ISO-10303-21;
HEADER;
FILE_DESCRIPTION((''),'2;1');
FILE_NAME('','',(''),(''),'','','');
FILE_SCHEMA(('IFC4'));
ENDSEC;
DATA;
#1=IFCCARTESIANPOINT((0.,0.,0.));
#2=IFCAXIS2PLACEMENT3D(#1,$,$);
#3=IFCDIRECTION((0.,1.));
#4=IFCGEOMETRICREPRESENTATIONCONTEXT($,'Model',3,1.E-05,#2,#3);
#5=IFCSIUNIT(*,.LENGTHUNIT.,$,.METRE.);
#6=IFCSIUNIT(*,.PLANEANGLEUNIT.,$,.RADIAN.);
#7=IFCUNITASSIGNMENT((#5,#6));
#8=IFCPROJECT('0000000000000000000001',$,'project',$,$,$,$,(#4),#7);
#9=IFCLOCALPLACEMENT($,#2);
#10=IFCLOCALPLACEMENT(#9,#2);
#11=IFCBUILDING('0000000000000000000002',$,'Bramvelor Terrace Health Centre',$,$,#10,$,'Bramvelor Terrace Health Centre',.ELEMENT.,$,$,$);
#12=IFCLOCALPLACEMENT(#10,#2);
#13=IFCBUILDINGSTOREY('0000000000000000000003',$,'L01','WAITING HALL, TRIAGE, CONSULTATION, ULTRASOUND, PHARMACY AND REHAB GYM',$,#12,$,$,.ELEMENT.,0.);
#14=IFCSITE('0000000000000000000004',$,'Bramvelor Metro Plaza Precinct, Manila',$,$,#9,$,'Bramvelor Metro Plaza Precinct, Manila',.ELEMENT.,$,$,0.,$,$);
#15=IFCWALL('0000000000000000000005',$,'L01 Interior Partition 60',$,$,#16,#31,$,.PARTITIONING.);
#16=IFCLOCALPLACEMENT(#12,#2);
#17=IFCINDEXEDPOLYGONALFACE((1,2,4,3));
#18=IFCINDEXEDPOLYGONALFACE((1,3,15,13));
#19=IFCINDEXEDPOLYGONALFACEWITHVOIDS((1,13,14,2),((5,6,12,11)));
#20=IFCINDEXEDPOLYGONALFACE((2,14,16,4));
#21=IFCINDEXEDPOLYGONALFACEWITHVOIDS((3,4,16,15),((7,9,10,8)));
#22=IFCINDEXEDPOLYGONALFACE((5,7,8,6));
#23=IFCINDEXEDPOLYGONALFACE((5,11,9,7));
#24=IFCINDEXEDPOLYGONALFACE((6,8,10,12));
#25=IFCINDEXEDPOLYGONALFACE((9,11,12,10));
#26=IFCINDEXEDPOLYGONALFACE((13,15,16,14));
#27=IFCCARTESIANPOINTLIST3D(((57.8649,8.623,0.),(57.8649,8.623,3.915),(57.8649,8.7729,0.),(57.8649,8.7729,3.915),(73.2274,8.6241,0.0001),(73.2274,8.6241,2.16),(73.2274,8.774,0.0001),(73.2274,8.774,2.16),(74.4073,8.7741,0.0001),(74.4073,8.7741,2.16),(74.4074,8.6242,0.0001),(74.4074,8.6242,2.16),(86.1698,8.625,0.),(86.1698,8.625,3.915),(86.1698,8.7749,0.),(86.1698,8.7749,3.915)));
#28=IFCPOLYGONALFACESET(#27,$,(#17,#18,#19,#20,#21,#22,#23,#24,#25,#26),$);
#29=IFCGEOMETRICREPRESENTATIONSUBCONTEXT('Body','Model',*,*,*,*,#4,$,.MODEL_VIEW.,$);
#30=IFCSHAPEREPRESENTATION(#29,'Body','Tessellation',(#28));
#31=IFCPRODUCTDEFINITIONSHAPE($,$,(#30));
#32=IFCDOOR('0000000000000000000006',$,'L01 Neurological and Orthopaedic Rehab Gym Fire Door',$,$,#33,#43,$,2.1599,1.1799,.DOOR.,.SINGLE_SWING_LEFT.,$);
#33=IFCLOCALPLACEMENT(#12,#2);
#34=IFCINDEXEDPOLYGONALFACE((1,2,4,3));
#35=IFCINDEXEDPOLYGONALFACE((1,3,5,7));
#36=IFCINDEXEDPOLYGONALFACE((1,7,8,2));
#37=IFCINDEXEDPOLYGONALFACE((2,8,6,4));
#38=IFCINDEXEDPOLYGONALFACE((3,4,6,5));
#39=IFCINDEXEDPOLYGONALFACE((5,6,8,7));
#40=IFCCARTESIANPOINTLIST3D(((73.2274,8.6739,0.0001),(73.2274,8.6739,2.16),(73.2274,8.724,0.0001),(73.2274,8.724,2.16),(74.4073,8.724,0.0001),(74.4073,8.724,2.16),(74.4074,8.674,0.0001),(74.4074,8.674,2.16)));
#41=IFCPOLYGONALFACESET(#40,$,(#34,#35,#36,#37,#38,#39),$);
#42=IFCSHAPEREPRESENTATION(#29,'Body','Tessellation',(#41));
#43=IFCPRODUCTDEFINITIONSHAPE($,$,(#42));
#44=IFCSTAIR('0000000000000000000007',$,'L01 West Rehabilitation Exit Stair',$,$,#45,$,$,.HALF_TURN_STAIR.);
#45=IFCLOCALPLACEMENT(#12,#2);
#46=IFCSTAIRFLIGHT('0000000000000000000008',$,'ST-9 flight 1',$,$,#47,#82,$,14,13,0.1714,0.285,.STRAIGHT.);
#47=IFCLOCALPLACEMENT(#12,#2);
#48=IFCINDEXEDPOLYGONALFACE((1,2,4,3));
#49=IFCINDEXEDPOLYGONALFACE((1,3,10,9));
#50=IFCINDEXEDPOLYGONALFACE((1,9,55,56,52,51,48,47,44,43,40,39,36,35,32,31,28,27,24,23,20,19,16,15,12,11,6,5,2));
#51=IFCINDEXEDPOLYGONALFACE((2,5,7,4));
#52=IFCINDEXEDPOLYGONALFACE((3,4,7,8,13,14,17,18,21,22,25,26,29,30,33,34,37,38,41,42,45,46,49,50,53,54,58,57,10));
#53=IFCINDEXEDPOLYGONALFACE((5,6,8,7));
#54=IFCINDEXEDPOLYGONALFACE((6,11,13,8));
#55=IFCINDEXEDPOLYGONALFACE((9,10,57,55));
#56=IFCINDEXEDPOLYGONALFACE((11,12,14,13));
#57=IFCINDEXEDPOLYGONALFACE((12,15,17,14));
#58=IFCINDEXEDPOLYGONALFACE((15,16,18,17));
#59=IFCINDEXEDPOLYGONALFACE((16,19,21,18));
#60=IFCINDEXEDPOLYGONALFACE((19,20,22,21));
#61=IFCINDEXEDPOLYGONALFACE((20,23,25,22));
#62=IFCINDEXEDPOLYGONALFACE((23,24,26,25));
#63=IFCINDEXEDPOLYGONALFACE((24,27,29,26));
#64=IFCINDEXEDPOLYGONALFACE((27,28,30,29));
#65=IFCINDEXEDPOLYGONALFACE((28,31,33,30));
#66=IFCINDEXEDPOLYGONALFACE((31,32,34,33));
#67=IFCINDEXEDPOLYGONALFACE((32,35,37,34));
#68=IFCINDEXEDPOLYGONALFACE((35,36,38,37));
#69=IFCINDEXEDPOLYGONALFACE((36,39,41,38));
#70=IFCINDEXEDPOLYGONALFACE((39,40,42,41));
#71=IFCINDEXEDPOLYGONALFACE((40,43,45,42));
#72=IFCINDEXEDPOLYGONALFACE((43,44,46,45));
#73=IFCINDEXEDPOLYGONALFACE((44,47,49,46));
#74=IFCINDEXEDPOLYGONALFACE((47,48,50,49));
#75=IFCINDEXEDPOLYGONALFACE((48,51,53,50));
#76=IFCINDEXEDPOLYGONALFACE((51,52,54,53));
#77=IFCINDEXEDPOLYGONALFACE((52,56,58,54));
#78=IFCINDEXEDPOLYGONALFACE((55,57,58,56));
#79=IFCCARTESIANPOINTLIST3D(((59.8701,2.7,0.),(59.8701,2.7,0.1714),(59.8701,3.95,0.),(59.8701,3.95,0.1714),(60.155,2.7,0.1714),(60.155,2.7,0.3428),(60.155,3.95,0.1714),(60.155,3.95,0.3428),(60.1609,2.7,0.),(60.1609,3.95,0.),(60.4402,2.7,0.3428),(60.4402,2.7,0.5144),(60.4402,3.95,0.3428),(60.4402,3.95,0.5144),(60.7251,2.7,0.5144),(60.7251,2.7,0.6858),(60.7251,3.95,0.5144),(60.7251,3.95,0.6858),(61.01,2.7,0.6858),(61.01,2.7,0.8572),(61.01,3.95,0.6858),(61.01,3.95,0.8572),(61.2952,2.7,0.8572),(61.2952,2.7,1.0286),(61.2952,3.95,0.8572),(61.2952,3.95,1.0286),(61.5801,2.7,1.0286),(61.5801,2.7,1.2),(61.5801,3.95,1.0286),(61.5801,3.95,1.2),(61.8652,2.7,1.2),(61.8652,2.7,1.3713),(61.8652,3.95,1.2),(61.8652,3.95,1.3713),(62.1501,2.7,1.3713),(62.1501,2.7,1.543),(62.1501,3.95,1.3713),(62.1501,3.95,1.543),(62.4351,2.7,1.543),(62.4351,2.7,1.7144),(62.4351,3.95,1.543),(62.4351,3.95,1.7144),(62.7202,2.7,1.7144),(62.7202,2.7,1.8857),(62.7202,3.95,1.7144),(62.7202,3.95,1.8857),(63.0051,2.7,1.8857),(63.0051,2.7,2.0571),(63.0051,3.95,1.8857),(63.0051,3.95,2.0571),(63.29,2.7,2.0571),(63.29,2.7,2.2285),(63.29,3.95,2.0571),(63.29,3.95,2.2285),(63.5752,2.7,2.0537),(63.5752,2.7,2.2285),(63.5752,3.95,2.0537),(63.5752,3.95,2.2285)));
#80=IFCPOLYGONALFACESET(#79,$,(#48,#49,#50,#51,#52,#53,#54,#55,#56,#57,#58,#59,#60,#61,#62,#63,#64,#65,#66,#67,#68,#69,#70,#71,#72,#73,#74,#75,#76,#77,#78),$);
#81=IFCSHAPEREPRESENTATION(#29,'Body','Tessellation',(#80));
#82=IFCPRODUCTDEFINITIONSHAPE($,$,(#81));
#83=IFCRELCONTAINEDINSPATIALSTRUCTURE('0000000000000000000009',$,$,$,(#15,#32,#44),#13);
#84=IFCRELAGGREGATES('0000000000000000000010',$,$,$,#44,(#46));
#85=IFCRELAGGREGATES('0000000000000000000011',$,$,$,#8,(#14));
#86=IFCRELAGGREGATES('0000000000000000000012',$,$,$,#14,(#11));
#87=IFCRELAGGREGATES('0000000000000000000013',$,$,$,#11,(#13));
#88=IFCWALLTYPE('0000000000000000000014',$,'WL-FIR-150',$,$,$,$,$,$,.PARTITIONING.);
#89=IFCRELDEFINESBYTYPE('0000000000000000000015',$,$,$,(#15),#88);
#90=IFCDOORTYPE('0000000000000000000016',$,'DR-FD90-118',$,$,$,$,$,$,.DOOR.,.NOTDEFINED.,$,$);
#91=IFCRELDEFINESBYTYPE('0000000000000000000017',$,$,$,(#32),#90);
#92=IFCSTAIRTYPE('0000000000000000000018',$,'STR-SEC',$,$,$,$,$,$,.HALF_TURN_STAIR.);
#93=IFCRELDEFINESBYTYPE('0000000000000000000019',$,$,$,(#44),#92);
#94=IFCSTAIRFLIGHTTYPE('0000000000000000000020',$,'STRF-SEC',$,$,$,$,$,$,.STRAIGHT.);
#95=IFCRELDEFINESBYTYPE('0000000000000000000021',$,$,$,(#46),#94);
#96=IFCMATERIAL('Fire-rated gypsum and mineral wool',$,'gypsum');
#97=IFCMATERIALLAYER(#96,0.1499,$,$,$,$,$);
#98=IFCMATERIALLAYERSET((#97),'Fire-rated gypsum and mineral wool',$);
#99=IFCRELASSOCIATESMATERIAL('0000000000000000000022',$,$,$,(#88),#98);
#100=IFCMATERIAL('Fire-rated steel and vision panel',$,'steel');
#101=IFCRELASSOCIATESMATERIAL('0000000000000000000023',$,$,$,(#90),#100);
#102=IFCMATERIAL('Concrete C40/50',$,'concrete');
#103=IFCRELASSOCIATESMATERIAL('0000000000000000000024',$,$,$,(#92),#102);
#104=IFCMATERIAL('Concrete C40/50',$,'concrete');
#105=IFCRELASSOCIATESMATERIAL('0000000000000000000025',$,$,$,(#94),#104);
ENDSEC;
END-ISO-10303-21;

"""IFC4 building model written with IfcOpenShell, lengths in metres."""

from ifc_helpers import new_model, si_unit, direction, frame, frame_2d, origin, place, context, subcontext, project, spatial, polyline, rectangle, outline, extrude, material, layer, layer_set, type_object, element, fill, aggregate, save


model = new_model("IFC4")

# Units and contexts
model_context = context("Model", 3, precision=1e-05, world=origin(), true_north=direction((0.0, 1.0)))
body_context = subcontext(model_context, "Body", "Model", "MODEL_VIEW")
ifc_project = project(units=[si_unit("LENGTHUNIT", "METRE"), si_unit("PLANEANGLEUNIT", "RADIAN")], contexts=[model_context])

# Site, building, storey
site_placement = place(None, origin())
site = spatial("IfcSite", under=ifc_project, at=site_placement, Name="Bramvelor Metro Plaza Precinct, Manila", LongName="Bramvelor Metro Plaza Precinct, Manila", CompositionType="ELEMENT", RefElevation=0.0)
building_placement = place(site_placement, origin())
building = spatial("IfcBuilding", under=site, at=building_placement, Name="Bramvelor Terrace Health Centre", LongName="Bramvelor Terrace Health Centre", CompositionType="ELEMENT")
storey_placement = place(building_placement, origin())
storey = spatial("IfcBuildingStorey", under=building, at=storey_placement, Name="L01", Description="WAITING HALL, TRIAGE, CONSULTATION, ULTRASOUND, PHARMACY AND REHAB GYM", CompositionType="ELEMENT", Elevation=0.0)

# Shared definitions
ifc_material_1 = material(Name="Fire-rated gypsum and mineral wool", Category="gypsum")
ifc_layer_1 = layer(ifc_material_1, 0.1499)
ifc_layer_set_1 = layer_set([ifc_layer_1], Name="Fire-rated gypsum and mineral wool")
wall_type_1 = type_object("IfcWallType", Name="WL-FIR-150", PredefinedType="PARTITIONING", material=ifc_layer_set_1)

# Wall, opening, door
wall_1_placement = place(storey_placement, frame((57.865, 8.698, 0.0), z_axis=(0.0, 0.0, 1.0), x_axis=(1.0, 0.000069, 0.0)))
wall_1 = element("IfcWall", 1, at=wall_1_placement, inside=storey, type_object=wall_type_1, Name="L01 Interior Partition 60", PredefinedType="PARTITIONING", context=body_context, shape_type="SweptSolid", body=[
    extrude(rectangle(XDim=28.3049, YDim=0.1499, at=frame_2d((14.1523, 0.0))), origin(), (0.0, 0.0, 1.0), 3.915),
])
opening_1_placement = place(wall_1_placement, frame((15.3625, 0.0, 0.0)))
opening_1 = element("IfcOpeningElement", 2, at=opening_1_placement, cuts=wall_1, PredefinedType="OPENING", context=body_context, shape_type="SweptSolid", body=[
    extrude(rectangle(XDim=1.1799, YDim=2.1599, at=frame_2d((0.5898, 1.0801))), frame((0.0, 0.085, 0.0), z_axis=(0.0, -1.0, 0.0), x_axis=(1.0, 0.0, 0.0)), (0.0, 0.0, 1.0), 0.1699),
])
ifc_material_2 = material(Name="Fire-rated steel and vision panel", Category="steel")
door_type_1 = type_object("IfcDoorType", Name="DR-FD90-118", OperationType="NOTDEFINED", PredefinedType="DOOR", material=ifc_material_2)
door_1_placement = place(opening_1_placement, origin())
door_1 = element("IfcDoor", 3, at=door_1_placement, inside=storey, type_object=door_type_1, Name="L01 Neurological and Orthopaedic Rehab Gym Fire Door", OperationType="SINGLE_SWING_LEFT", OverallHeight=2.1599, OverallWidth=1.1799, PredefinedType="DOOR", context=body_context, shape_type="SweptSolid", body=[
    extrude(rectangle(XDim=1.1799, YDim=2.1599, at=frame_2d((0.5898, 1.0801))), frame((0.0, 0.0249, 0.0), z_axis=(0.0, -1.0, 0.0), x_axis=(1.0, 0.0, 0.0)), (0.0, 0.0, 1.0), 0.05),
])
fill(opening_1, door_1)

# Stair, stair flight
ifc_material_3 = material(Name="Concrete C40/50", Category="concrete")
stair_type = type_object("IfcStairType", Name="STR-SEC", PredefinedType="HALF_TURN_STAIR", material=ifc_material_3)
stair_placement = place(storey_placement, origin())
stair = element("IfcStair", 4, at=stair_placement, inside=storey, type_object=stair_type, Name="L01 West Rehabilitation Exit Stair", PredefinedType="HALF_TURN_STAIR")
ifc_material_4 = material(Name="Concrete C40/50", Category="concrete")
stair_flight_type = type_object("IfcStairFlightType", Name="STRF-SEC", PredefinedType="STRAIGHT", material=ifc_material_4)
stair_flight_placement = place(storey_placement, frame((59.8701, 3.325, 0.0), z_axis=(0.0, 0.0, 1.0), x_axis=(1.0, 0.0, 0.0)))
stair_flight = element("IfcStairFlight", 5, at=stair_flight_placement, type_object=stair_flight_type, Name="ST-9 flight 1", NumberOfRisers=14, NumberOfTreads=13, PredefinedType="STRAIGHT", RiserHeight=0.1714, TreadLength=0.285, context=body_context, shape_type="SweptSolid", body=[
    extrude(outline(polyline([(0.0, 0.0), (0.0, 0.1714), (0.2849, 0.1714), (0.2849, 0.3428), (0.5701, 0.3428), (0.5701, 0.5144), (0.855, 0.5144), (0.855, 0.6858), (1.1399, 0.6858), (1.1399, 0.8572), (1.425, 0.8572), (1.425, 1.0286), (1.71, 1.0286), (1.71, 1.2), (1.9951, 1.2), (1.9951, 1.3713), (2.28, 1.3713), (2.28, 1.543), (2.5649, 1.543), (2.5649, 1.7144), (2.8501, 1.7144), (2.8501, 1.8857), (3.135, 1.8857), (3.135, 2.0571), (3.4199, 2.0571), (3.4199, 2.2285), (3.7051, 2.2285), (3.7051, 2.3999), (3.7051, 2.0537), (0.2908, 0.0), (0.0, 0.0)])), frame((0.0, 0.625, 0.0), z_axis=(0.0, -1.0, 0.0), x_axis=(1.0, 0.0, 0.0)), (0.0, 0.0, 1.0), 1.25),
])
aggregate(stair, [stair_flight])

save(model, "model.ifc")
